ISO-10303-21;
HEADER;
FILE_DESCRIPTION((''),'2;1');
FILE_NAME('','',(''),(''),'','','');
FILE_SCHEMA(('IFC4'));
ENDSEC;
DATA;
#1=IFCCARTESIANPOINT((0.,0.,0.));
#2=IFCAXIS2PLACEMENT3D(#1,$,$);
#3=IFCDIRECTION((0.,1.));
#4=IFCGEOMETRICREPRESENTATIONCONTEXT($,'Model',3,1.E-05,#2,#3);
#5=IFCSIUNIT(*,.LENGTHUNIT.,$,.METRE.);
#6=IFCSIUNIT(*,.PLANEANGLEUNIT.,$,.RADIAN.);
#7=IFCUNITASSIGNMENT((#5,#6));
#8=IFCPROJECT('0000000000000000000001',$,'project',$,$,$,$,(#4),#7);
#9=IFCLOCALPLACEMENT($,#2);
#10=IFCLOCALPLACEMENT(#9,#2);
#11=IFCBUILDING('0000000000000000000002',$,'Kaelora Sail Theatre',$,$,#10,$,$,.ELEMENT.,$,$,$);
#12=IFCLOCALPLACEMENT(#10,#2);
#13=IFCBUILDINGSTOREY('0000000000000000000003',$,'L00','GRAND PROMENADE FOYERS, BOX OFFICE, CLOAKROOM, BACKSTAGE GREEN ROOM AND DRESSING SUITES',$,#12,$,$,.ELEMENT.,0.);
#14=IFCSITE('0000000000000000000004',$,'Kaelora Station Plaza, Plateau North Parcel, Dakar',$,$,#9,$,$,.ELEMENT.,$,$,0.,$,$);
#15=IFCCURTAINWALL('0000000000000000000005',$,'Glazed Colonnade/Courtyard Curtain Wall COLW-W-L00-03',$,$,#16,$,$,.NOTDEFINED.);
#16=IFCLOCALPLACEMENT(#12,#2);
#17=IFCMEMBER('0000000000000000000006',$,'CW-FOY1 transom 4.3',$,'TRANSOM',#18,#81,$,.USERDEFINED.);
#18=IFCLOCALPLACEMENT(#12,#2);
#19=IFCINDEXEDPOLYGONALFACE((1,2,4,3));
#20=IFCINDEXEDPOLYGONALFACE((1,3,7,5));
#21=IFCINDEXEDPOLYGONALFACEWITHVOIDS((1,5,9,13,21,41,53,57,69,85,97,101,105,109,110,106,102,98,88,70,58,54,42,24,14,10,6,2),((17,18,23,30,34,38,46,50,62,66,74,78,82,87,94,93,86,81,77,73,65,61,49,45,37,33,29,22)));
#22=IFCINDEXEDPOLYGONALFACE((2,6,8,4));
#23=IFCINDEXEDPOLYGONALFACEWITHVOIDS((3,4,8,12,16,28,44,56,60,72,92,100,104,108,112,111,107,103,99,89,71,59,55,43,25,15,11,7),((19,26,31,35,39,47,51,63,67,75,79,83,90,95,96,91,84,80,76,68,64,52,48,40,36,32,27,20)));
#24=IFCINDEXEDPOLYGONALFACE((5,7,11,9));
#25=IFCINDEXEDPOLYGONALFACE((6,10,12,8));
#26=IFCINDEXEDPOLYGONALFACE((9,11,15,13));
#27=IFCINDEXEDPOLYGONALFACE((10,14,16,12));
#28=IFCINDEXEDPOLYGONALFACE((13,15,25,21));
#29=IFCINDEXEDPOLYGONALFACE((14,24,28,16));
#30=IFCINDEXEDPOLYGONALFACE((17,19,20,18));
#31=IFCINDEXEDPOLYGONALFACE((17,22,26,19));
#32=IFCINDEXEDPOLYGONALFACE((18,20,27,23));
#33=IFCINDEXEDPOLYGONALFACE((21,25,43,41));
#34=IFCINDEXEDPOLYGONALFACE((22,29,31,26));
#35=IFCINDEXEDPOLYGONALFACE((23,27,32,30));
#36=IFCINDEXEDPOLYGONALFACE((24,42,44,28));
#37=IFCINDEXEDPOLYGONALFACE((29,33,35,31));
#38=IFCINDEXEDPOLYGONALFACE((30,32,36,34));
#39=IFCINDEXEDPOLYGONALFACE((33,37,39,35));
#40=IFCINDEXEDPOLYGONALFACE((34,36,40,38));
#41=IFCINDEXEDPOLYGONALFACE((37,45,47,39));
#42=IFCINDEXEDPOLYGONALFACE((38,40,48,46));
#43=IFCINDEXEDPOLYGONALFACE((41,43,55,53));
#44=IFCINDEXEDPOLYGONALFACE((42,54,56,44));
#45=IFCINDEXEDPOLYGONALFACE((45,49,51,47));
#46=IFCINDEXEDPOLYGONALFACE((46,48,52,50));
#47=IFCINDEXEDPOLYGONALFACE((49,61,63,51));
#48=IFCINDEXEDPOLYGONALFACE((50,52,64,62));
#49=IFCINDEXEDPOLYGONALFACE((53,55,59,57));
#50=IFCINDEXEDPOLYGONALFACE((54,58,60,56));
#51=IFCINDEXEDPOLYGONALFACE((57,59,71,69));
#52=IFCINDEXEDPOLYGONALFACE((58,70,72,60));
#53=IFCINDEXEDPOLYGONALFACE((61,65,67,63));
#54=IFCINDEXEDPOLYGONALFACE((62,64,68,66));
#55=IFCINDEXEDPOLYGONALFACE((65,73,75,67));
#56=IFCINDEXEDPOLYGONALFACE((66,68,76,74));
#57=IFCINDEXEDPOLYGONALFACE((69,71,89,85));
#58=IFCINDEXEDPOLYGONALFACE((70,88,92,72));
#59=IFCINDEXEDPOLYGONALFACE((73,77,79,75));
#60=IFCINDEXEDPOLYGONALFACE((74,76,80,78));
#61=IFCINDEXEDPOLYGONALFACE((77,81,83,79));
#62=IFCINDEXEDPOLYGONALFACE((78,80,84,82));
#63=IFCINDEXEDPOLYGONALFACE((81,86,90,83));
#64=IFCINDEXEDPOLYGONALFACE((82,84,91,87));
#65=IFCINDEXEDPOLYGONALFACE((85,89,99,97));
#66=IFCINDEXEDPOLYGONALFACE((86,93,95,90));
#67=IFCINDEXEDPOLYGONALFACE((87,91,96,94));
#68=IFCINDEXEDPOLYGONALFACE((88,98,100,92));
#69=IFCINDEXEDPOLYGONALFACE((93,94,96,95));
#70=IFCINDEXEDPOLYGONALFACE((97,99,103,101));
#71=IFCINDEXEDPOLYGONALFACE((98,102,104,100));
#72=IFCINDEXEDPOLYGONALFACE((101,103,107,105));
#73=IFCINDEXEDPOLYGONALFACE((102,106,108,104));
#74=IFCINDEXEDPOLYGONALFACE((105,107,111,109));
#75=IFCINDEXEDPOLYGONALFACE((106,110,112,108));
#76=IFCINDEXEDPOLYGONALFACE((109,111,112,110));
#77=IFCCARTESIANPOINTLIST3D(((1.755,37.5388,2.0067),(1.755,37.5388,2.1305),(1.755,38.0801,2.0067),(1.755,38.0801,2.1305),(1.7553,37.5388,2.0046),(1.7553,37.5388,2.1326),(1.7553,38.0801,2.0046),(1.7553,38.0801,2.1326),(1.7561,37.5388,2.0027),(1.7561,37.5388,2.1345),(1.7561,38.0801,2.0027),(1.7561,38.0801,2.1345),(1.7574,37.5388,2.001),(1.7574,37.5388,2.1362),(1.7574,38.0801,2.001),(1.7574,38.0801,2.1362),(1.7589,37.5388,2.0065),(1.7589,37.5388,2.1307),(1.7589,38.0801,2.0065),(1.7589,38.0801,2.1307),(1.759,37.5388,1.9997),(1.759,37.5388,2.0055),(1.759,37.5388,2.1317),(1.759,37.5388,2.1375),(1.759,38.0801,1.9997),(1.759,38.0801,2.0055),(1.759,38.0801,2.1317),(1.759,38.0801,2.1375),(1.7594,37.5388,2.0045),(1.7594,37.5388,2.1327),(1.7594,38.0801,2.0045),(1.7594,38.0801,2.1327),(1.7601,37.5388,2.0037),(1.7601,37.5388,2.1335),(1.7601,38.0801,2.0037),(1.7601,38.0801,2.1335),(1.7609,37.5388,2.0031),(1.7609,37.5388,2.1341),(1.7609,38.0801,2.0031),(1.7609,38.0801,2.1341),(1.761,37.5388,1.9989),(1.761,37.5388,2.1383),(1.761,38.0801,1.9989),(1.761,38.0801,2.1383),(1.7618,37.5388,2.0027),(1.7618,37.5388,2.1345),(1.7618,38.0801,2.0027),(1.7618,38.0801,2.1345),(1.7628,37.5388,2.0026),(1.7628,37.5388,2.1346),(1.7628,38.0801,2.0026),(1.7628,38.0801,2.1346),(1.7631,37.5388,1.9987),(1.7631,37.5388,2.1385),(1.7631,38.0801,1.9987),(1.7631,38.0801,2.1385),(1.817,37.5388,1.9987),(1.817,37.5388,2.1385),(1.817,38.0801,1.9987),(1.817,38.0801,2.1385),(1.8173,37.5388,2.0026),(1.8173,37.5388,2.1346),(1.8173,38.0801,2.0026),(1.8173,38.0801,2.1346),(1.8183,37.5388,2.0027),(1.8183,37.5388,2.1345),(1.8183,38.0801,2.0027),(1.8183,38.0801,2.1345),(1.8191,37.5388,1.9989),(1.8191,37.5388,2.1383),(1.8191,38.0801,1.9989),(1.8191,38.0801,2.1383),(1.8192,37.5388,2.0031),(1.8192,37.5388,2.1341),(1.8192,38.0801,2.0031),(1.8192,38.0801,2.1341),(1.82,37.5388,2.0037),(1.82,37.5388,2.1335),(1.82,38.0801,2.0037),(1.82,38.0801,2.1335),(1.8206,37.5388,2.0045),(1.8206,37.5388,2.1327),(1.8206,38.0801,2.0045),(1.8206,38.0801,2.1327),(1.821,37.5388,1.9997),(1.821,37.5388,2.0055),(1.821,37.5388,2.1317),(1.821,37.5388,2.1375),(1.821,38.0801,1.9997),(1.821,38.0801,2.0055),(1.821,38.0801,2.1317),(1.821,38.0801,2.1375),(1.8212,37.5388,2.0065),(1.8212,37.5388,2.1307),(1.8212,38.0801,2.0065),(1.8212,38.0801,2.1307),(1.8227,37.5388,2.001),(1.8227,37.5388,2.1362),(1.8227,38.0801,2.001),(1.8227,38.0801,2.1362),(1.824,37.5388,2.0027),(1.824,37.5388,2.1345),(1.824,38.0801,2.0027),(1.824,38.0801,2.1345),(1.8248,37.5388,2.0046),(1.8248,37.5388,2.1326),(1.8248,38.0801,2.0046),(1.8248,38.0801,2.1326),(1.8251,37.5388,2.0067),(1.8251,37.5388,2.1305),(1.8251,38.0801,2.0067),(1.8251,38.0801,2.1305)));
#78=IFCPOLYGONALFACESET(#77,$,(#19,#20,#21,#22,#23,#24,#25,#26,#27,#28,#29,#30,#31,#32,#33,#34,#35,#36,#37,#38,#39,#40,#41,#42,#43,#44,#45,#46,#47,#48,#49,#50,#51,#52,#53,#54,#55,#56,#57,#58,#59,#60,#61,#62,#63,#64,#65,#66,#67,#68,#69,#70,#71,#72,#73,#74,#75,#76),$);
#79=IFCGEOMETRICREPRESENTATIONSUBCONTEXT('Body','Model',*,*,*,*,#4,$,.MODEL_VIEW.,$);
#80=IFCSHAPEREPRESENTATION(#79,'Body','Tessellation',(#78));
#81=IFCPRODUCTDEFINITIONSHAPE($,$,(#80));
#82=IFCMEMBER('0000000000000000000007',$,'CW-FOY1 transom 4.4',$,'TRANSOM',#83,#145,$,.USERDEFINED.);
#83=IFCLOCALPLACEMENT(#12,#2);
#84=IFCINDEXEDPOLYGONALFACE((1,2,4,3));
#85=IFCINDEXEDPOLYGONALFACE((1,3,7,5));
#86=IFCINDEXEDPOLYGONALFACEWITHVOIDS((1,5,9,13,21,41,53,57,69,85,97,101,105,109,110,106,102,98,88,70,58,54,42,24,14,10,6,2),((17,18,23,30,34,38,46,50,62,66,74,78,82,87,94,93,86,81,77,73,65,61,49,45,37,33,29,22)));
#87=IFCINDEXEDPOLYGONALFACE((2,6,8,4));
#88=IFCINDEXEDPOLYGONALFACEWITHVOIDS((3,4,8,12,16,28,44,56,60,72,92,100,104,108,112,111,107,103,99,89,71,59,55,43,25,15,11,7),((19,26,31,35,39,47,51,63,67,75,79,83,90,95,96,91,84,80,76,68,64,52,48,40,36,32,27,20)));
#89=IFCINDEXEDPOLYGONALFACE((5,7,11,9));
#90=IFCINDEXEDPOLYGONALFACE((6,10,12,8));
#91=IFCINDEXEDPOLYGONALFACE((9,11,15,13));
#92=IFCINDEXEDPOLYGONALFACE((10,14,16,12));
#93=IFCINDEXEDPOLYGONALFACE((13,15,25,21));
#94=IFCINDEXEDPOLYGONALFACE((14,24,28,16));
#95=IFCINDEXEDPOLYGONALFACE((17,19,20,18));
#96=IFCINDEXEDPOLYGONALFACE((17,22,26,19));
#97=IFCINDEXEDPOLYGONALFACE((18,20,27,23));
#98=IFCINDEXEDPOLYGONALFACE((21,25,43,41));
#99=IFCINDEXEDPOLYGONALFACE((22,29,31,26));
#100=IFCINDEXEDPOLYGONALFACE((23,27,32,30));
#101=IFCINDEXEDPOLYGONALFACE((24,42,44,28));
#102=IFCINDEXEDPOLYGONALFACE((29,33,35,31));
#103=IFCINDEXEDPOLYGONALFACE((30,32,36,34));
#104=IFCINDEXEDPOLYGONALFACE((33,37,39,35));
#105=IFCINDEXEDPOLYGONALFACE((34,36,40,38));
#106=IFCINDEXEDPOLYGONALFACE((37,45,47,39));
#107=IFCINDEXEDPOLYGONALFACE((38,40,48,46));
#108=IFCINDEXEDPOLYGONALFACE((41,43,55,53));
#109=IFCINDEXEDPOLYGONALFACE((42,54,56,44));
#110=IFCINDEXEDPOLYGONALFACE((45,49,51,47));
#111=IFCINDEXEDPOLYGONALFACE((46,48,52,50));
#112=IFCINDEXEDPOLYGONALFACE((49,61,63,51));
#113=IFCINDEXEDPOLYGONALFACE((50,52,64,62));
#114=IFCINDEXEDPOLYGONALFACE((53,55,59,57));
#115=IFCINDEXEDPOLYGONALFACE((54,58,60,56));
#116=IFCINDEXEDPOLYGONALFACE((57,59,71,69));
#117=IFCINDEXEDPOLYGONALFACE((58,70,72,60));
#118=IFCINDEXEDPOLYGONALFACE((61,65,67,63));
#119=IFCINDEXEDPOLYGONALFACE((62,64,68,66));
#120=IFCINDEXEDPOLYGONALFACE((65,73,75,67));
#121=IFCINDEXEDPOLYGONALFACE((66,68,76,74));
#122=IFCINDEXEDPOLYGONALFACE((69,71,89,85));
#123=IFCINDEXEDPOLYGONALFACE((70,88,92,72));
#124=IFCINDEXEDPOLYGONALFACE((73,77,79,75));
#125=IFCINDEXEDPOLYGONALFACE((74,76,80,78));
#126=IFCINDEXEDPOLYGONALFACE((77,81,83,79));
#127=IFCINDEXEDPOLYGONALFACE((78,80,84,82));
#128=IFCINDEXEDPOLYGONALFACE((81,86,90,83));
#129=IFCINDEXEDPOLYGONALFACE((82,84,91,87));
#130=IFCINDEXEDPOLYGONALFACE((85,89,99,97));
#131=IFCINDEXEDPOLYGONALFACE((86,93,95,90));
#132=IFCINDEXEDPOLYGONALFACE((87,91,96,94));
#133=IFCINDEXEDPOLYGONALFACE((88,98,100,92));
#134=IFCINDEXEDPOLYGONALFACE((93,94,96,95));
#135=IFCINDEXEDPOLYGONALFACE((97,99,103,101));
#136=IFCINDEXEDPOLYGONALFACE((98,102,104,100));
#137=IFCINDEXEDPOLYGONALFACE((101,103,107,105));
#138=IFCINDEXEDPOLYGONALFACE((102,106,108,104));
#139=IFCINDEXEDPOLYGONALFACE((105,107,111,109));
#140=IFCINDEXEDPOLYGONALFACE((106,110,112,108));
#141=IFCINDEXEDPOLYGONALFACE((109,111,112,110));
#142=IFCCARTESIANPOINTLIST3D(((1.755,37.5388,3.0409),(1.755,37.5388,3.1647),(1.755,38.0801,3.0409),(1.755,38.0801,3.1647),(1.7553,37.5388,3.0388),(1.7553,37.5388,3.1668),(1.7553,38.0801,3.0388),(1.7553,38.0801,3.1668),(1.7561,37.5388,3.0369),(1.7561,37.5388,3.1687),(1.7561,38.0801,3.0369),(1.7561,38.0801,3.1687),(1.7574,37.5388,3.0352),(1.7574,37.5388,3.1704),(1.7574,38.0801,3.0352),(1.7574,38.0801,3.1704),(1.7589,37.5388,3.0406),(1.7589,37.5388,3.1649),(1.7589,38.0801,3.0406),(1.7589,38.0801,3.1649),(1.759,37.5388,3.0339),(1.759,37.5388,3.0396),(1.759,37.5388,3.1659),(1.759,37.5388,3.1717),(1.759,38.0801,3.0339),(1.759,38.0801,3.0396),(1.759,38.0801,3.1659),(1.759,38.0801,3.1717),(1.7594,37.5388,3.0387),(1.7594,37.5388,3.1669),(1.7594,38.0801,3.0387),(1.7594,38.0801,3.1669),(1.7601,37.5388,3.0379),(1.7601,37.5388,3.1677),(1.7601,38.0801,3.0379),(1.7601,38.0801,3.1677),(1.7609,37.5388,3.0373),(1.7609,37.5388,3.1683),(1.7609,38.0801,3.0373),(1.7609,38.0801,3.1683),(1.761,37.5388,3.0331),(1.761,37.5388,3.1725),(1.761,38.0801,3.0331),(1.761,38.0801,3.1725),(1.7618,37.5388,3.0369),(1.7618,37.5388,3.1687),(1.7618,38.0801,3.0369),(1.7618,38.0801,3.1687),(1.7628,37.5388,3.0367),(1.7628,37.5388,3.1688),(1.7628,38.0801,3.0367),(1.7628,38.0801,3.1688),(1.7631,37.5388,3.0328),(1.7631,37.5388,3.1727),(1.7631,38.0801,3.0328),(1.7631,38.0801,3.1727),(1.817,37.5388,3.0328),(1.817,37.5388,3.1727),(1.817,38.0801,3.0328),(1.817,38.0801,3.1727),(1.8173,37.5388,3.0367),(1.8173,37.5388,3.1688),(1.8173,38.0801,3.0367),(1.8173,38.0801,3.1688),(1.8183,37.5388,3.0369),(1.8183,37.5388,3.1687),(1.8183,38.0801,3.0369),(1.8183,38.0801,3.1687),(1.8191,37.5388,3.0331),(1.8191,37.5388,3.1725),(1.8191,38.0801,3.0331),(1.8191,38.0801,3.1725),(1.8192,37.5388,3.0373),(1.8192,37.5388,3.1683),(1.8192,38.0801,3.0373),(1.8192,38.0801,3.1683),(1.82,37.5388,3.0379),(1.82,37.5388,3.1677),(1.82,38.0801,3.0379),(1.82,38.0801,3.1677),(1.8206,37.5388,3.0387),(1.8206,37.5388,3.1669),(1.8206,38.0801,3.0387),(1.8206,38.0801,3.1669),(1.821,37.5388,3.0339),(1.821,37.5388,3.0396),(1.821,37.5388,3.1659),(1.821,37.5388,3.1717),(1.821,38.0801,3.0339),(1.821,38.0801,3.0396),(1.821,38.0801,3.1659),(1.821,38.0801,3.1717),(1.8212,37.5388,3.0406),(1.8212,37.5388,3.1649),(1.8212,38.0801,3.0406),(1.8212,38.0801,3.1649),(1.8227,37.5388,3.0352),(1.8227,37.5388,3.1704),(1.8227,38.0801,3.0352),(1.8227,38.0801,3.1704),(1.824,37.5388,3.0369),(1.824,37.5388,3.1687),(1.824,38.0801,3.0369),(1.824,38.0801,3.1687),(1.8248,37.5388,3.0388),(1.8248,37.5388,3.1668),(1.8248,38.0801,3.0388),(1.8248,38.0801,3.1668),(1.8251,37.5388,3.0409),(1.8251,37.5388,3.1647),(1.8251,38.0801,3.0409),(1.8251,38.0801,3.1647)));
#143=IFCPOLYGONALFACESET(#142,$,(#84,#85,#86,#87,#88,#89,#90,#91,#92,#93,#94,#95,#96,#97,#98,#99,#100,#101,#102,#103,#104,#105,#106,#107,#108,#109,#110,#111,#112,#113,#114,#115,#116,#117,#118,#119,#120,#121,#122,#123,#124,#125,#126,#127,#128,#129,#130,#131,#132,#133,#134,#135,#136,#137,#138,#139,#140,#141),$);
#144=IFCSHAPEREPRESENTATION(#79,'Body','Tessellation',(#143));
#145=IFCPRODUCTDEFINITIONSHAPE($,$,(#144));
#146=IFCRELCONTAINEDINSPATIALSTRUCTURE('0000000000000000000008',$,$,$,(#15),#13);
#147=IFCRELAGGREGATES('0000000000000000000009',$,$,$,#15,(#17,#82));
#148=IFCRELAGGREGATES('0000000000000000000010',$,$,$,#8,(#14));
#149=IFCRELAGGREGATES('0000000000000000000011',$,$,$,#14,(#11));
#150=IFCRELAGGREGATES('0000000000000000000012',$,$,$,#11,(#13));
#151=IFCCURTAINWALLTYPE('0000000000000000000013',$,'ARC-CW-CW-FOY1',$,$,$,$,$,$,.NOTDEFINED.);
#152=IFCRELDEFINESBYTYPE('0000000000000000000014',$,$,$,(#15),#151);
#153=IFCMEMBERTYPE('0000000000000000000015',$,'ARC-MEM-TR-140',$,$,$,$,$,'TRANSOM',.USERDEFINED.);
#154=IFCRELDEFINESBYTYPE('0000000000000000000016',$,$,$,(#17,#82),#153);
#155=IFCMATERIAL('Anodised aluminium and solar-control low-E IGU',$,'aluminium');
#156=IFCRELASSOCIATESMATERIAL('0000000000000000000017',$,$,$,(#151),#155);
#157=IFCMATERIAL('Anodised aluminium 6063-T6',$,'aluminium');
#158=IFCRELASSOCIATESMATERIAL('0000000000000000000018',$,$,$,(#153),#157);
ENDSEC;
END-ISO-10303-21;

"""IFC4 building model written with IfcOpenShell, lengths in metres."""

from ifc_helpers import new_model, si_unit, direction, frame, origin, origin_2d, place, context, subcontext, project, spatial, hollow_rectangle, extrude, material, material_profile, profile_set, type_object, element, aggregate, save


model = new_model("IFC4")

# Units and contexts
model_context = context("Model", 3, precision=1e-05, world=origin(), true_north=direction((0.0, 1.0)))
body_context = subcontext(model_context, "Body", "Model", "MODEL_VIEW")
ifc_project = project(units=[si_unit("LENGTHUNIT", "METRE"), si_unit("PLANEANGLEUNIT", "RADIAN")], contexts=[model_context])

# Site, building, storey
site_placement = place(None, origin())
site = spatial("IfcSite", under=ifc_project, at=site_placement, Name="Kaelora Station Plaza, Plateau North Parcel, Dakar", CompositionType="ELEMENT", RefElevation=0.0)
building_placement = place(site_placement, origin())
building = spatial("IfcBuilding", under=site, at=building_placement, Name="Kaelora Sail Theatre", CompositionType="ELEMENT")
storey_placement = place(building_placement, origin())
storey = spatial("IfcBuildingStorey", under=building, at=storey_placement, Name="L00", Description="GRAND PROMENADE FOYERS, BOX OFFICE, CLOAKROOM, BACKSTAGE GREEN ROOM AND DRESSING SUITES", CompositionType="ELEMENT", Elevation=0.0)

# Curtain wall, members
ifc_material_1 = material(Name="Anodised aluminium and solar-control low-E IGU", Category="aluminium")
curtain_wall_type = type_object("IfcCurtainWallType", Name="ARC-CW-CW-FOY1", PredefinedType="NOTDEFINED", material=ifc_material_1)
curtain_wall_1_placement = place(storey_placement, origin())
curtain_wall_1 = element("IfcCurtainWall", 1, at=curtain_wall_1_placement, inside=storey, type_object=curtain_wall_type, Name="Glazed Colonnade/Courtyard Curtain Wall COLW-W-L00-03", PredefinedType="NOTDEFINED")
ifc_material_2 = material(Name="Anodised aluminium 6063-T6", Category="aluminium")
ifc_material_profile = material_profile(ifc_material_2, hollow_rectangle(XDim=0.0701, YDim=0.1399, WallThickness=0.0039, InnerFilletRadius=0.0039, OuterFilletRadius=0.0081, at=origin_2d()), Name="ALU-TRAN 70x140x4")
ifc_profile_set = profile_set([ifc_material_profile], Name="Anodised aluminium 6063-T6")
member_type = type_object("IfcMemberType", Name="ARC-MEM-TR-140", ElementType="TRANSOM", PredefinedType="USERDEFINED", material=ifc_profile_set)
member_1_placement = place(storey_placement, frame((1.79, 37.5388, 2.0686), z_axis=(0.0, 1.0, 0.0), x_axis=(-1.0, 0.0, 0.0)))
member_1 = element("IfcMember", 2, at=member_1_placement, type_object=member_type, Name="CW-FOY1 transom 4.3", ObjectType="TRANSOM", PredefinedType="USERDEFINED", context=body_context, shape_type="SweptSolid", body=[
    extrude(hollow_rectangle(XDim=0.0701, YDim=0.1399, WallThickness=0.0039, InnerFilletRadius=0.0039, OuterFilletRadius=0.0081, at=origin_2d()), origin(), (0.0, 0.0, 1.0), 0.5413),
])
member_2_placement = place(storey_placement, frame((1.79, 37.5388, 3.1028), z_axis=(0.0, 1.0, 0.0), x_axis=(-1.0, 0.0, 0.0)))
member_2 = element("IfcMember", 3, at=member_2_placement, type_object=member_type, Name="CW-FOY1 transom 4.4", ObjectType="TRANSOM", PredefinedType="USERDEFINED", context=body_context, shape_type="SweptSolid", body=[
    extrude(hollow_rectangle(XDim=0.0701, YDim=0.1399, WallThickness=0.0039, InnerFilletRadius=0.0039, OuterFilletRadius=0.0081, at=origin_2d()), origin(), (0.0, 0.0, 1.0), 0.5413),
])

aggregate(curtain_wall_1, [member_1, member_2])

save(model, "model.ifc")
